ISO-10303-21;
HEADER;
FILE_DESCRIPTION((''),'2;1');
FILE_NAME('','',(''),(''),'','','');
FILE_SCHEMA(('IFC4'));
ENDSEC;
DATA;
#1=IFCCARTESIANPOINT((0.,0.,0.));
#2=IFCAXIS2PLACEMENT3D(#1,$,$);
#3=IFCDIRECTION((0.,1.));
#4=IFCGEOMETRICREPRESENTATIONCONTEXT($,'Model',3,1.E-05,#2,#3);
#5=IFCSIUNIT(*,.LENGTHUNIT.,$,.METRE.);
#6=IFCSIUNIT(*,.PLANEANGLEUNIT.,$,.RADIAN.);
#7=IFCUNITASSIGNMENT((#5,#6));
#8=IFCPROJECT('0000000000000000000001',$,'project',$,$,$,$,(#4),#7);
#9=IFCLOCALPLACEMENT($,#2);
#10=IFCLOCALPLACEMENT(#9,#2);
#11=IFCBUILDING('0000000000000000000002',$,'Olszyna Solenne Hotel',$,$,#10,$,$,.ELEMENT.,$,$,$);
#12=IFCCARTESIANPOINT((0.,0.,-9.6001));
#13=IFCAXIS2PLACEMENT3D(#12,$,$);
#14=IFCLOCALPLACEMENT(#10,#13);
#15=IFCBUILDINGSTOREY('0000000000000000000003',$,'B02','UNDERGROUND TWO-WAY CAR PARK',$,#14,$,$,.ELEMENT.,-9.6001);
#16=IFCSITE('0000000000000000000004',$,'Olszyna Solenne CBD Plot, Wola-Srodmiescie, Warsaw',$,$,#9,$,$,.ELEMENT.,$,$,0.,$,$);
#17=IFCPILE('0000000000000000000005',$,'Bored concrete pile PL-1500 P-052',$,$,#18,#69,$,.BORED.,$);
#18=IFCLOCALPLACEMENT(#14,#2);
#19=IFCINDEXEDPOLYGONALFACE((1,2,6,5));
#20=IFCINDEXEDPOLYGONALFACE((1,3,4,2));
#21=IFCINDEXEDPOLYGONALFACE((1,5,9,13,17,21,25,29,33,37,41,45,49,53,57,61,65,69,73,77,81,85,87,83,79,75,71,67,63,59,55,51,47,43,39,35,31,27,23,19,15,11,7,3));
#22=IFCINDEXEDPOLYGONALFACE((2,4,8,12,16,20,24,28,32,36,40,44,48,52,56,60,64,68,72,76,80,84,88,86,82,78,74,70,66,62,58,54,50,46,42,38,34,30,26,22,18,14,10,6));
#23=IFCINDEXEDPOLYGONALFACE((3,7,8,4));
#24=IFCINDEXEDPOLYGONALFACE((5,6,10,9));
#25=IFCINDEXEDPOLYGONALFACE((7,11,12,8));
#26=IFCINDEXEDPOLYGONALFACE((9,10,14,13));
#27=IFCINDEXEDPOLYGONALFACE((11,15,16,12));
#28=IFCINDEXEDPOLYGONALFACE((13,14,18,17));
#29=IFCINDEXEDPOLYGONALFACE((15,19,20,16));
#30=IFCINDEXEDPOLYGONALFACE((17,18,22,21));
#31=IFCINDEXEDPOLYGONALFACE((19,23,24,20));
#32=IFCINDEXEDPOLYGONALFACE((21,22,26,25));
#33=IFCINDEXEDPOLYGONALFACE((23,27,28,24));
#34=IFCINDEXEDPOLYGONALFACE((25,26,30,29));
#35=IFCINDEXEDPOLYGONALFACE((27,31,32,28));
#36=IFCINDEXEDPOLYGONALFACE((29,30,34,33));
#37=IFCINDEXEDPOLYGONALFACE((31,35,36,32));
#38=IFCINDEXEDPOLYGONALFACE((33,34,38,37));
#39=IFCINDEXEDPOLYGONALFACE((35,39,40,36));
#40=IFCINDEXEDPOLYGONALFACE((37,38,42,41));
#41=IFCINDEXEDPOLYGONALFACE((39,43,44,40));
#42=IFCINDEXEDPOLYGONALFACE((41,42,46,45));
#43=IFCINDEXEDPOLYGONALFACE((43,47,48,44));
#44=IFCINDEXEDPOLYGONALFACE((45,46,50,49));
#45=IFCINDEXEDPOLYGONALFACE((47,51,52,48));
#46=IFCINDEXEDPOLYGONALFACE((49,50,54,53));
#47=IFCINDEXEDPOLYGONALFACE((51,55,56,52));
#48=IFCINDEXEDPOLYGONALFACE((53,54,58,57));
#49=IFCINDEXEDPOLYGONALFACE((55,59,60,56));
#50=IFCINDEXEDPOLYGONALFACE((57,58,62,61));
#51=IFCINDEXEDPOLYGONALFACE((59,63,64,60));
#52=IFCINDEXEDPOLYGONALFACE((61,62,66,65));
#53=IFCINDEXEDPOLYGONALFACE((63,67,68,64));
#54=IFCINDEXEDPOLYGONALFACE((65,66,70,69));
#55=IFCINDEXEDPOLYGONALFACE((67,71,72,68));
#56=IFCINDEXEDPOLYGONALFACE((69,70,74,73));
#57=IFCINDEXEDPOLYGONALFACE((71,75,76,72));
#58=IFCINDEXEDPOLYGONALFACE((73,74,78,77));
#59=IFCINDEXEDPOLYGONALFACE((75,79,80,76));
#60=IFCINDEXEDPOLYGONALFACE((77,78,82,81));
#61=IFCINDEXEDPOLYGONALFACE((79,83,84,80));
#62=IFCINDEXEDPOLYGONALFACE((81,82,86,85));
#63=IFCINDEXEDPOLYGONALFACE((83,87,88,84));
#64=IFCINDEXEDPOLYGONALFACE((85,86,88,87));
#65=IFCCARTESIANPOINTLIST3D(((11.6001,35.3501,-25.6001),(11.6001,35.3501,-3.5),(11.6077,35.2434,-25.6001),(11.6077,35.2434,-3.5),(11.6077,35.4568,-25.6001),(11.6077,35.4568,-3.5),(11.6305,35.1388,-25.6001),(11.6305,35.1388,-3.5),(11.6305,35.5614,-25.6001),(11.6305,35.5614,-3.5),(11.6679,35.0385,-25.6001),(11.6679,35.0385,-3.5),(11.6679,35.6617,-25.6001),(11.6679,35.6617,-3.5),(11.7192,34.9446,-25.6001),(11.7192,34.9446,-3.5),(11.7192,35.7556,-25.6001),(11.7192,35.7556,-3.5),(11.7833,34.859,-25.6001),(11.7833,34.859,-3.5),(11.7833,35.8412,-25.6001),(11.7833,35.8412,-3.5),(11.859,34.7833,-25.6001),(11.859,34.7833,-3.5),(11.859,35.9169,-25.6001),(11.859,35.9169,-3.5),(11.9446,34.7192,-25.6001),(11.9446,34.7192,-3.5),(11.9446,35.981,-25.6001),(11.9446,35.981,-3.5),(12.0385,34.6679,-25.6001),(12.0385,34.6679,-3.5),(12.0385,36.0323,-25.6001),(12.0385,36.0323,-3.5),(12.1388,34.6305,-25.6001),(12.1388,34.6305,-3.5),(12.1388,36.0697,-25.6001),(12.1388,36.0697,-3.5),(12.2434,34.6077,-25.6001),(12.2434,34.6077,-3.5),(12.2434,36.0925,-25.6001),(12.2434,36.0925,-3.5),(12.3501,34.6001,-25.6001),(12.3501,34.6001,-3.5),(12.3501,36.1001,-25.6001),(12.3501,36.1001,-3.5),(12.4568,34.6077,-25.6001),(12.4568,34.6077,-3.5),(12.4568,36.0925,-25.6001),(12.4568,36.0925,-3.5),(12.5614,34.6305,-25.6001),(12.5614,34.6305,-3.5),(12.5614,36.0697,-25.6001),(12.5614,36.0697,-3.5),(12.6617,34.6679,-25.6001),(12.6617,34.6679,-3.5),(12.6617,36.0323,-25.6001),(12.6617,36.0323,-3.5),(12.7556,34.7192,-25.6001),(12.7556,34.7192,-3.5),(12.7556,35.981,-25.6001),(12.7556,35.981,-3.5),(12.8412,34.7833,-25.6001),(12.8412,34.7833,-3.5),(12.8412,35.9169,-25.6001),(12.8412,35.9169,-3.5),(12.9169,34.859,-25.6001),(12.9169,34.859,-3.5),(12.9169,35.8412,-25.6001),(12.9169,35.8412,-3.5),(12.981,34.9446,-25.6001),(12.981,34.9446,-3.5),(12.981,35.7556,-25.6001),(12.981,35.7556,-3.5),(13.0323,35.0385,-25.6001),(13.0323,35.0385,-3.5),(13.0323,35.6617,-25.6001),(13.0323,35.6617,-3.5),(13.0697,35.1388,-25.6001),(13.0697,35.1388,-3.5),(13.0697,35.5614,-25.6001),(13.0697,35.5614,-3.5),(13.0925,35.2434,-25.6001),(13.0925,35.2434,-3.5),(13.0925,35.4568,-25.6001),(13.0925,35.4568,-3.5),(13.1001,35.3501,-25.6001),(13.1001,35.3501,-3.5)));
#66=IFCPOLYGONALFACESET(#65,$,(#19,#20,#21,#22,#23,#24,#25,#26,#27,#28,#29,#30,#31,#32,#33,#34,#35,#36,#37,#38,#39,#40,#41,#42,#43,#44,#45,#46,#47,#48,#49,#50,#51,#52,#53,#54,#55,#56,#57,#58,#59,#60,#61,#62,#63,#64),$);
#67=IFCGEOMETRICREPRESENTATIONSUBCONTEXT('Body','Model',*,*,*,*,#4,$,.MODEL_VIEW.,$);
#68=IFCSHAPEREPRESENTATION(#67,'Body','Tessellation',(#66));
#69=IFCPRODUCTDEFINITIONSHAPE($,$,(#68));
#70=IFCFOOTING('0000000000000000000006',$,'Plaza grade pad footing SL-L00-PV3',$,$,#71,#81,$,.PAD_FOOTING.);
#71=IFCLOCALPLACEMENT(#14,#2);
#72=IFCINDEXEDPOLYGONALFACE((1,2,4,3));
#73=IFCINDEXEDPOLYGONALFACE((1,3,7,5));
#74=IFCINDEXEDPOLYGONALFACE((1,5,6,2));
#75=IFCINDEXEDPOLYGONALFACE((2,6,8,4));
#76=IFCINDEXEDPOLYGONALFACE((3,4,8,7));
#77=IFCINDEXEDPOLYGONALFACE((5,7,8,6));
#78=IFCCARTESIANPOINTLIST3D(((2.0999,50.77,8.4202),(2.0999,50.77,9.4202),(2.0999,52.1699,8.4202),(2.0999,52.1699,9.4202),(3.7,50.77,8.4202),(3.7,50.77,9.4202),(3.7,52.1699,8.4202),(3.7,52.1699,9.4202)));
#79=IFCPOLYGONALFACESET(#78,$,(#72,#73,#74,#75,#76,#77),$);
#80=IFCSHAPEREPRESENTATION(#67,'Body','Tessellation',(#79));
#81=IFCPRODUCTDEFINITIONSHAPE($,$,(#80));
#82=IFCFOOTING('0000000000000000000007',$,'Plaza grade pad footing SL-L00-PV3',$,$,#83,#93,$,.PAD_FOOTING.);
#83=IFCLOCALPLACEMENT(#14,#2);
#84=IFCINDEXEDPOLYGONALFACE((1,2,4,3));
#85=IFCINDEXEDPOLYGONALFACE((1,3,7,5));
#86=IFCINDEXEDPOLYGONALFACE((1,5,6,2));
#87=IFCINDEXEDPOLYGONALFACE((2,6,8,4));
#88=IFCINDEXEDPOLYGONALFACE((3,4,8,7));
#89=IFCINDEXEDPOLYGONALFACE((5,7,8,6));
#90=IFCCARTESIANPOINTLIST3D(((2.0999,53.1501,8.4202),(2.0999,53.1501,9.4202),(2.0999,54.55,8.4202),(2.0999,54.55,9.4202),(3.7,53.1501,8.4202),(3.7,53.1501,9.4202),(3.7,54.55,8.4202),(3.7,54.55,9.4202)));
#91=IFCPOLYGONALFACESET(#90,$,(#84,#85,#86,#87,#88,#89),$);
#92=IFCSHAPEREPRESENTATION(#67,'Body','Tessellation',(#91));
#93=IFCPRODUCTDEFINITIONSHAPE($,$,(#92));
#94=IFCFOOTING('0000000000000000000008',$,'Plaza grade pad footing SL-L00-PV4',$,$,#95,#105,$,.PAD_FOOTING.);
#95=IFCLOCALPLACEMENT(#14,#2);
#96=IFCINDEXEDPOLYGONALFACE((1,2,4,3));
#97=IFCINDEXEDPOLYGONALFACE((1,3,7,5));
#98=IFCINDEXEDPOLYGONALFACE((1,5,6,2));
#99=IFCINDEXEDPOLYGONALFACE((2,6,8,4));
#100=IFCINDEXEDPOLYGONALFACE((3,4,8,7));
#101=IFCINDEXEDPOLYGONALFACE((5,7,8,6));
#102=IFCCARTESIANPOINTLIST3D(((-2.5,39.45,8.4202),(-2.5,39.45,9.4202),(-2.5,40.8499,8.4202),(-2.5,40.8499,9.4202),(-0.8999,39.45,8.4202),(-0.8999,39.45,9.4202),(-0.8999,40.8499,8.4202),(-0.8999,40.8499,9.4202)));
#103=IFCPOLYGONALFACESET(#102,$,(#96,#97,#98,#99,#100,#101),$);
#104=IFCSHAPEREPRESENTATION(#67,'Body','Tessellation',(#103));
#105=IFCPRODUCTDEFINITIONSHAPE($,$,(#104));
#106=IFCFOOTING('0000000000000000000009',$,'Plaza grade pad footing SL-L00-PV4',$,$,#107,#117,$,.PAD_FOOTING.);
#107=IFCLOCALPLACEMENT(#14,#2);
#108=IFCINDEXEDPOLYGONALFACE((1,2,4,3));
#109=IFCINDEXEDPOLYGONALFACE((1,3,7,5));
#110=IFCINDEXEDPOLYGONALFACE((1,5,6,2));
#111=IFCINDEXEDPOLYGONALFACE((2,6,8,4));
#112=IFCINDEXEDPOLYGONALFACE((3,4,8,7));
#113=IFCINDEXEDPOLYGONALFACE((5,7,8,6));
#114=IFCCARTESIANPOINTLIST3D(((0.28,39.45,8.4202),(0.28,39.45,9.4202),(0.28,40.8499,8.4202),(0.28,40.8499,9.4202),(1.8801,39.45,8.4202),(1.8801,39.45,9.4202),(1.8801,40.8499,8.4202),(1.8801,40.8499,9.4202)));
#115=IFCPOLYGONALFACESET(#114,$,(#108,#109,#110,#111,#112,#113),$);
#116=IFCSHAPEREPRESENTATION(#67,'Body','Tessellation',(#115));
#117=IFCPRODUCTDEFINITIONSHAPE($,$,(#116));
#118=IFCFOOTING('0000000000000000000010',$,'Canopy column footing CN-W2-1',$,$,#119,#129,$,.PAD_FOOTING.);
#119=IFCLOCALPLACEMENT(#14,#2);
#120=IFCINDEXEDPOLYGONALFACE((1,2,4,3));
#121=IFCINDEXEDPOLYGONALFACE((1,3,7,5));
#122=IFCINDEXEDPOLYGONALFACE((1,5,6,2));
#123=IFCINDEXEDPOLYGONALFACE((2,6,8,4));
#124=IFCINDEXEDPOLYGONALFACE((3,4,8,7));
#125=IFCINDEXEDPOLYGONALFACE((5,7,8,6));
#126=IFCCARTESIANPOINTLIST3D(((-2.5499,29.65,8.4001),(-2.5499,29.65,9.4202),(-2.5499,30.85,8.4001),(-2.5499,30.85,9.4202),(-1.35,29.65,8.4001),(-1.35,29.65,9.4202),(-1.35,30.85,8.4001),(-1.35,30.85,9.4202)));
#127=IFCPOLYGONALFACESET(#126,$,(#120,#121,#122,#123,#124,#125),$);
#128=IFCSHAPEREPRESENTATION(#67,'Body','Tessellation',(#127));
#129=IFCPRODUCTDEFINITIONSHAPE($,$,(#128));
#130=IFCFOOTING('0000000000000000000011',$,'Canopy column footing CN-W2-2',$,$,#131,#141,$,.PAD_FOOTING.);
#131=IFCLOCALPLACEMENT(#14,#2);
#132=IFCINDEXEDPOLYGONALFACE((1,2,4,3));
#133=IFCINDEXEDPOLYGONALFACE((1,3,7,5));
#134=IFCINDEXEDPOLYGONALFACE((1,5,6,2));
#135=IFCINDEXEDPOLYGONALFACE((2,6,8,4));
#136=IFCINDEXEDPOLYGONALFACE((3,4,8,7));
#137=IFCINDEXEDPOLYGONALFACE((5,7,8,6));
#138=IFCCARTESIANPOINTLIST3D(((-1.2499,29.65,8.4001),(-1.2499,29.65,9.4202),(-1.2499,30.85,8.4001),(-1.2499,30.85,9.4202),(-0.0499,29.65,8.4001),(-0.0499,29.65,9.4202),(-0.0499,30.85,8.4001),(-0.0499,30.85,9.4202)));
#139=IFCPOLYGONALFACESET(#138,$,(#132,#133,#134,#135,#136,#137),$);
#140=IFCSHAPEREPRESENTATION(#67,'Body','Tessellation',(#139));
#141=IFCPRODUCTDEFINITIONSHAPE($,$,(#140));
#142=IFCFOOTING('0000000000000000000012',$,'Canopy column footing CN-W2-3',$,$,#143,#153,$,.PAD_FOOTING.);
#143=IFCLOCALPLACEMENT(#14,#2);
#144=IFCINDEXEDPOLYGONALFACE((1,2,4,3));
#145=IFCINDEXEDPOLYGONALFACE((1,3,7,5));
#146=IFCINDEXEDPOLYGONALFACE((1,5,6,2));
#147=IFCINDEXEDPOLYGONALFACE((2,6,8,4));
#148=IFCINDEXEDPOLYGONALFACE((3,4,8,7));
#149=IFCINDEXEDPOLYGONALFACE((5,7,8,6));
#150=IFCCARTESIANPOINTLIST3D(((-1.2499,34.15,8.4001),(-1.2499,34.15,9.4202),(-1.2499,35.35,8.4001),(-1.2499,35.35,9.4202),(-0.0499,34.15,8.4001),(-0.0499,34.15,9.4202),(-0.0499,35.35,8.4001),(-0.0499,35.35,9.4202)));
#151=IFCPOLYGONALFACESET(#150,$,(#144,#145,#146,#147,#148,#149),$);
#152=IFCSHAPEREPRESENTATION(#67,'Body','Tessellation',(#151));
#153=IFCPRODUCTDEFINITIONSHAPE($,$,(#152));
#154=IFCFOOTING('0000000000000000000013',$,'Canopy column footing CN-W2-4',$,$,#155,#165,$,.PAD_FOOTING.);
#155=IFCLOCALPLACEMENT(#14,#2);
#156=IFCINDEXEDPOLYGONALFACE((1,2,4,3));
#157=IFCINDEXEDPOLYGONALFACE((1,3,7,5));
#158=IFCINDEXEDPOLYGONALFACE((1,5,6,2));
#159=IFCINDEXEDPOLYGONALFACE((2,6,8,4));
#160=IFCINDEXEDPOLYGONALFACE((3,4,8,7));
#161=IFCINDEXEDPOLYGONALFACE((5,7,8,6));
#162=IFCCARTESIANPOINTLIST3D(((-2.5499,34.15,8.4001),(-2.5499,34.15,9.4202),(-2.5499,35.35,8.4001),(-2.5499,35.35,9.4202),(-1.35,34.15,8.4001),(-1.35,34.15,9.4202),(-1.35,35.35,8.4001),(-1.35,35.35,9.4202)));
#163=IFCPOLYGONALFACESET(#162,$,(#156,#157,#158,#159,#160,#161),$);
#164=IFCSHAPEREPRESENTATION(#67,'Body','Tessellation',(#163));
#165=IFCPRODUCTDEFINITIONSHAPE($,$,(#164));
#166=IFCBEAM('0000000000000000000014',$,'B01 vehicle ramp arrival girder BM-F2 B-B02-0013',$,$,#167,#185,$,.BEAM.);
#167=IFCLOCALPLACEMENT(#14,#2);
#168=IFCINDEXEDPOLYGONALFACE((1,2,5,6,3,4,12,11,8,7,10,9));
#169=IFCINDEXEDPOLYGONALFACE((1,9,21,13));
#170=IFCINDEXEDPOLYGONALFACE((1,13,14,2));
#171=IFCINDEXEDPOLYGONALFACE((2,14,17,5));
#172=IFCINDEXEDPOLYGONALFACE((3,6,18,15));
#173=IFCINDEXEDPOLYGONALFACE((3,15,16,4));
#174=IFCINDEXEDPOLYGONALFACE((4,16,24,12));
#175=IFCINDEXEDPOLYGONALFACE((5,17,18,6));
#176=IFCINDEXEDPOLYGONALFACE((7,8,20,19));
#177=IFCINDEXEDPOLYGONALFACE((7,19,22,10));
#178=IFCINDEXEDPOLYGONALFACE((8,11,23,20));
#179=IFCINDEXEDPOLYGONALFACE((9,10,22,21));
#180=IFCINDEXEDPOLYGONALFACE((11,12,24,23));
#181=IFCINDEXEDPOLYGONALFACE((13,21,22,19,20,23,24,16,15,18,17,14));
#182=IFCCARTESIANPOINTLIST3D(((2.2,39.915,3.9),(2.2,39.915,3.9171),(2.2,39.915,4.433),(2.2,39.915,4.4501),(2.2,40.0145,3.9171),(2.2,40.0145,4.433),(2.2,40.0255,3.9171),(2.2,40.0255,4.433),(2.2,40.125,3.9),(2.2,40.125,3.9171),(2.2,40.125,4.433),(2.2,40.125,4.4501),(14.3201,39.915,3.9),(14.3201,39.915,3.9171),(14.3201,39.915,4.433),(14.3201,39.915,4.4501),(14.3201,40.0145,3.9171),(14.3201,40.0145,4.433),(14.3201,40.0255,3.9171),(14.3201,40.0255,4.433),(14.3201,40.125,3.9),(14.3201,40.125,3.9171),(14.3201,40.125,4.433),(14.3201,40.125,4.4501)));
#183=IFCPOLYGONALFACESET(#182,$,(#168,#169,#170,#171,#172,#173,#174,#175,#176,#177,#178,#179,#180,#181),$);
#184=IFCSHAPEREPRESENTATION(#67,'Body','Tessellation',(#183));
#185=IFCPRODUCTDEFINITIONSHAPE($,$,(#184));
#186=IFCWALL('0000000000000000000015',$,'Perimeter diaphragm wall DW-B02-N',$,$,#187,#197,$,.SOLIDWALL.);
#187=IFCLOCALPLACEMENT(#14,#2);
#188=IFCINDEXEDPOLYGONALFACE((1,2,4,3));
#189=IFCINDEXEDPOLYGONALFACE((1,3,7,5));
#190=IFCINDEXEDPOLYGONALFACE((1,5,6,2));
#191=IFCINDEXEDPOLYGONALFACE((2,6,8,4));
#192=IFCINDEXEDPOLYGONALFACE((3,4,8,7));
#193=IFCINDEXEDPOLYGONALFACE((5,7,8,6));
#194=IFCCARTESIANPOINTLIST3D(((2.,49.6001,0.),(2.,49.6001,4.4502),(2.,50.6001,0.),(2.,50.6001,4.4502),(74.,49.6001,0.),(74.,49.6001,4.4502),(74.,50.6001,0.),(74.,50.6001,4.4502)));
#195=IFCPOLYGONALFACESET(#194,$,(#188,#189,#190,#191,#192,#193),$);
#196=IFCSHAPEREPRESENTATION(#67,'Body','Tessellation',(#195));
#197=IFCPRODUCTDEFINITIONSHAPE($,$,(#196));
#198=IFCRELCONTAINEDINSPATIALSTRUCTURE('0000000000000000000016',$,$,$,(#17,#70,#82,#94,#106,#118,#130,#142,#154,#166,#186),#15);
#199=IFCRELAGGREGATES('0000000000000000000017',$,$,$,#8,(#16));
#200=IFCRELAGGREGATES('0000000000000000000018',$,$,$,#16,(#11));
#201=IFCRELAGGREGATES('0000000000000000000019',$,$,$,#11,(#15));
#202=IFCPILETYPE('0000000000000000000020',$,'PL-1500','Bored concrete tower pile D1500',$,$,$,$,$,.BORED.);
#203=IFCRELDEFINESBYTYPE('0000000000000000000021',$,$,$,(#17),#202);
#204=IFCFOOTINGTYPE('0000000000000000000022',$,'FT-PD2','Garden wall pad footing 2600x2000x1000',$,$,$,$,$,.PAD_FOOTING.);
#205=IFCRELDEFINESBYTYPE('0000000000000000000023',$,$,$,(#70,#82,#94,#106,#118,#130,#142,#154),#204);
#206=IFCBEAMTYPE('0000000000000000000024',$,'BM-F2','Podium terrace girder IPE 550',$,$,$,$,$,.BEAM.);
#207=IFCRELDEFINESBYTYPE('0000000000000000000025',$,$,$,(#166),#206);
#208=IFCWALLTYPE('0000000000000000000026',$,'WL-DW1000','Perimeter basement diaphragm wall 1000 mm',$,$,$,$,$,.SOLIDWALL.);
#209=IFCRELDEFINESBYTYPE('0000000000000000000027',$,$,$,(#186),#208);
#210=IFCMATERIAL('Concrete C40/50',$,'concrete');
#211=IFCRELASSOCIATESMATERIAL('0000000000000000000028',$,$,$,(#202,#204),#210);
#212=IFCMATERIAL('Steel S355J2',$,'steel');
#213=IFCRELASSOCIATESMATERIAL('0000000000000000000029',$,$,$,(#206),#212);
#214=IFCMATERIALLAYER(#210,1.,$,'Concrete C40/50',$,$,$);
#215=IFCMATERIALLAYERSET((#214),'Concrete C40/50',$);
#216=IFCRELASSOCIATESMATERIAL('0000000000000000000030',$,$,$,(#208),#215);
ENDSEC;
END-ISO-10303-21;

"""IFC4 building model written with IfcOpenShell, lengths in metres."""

from ifc_helpers import new_model, si_unit, direction, frame, frame_2d, origin, origin_2d, place, context, subcontext, project, spatial, rectangle, circle, i_section, extrude, source, transform, mapped, material, layer, layer_set, material_profile, profile_set, type_object, element, save


model = new_model("IFC4")

# Units and contexts
model_context = context("Model", 3, precision=1e-05, world=origin(), true_north=direction((0.0, 1.0)))
body_context = subcontext(model_context, "Body", "Model", "MODEL_VIEW")
ifc_project = project(units=[si_unit("LENGTHUNIT", "METRE"), si_unit("PLANEANGLEUNIT", "RADIAN")], contexts=[model_context])

# Site, building, storey
site_placement = place(None, origin())
site = spatial("IfcSite", under=ifc_project, at=site_placement, Name="Olszyna Solenne CBD Plot, Wola-Srodmiescie, Warsaw", CompositionType="ELEMENT", RefElevation=0.0)
building_placement = place(site_placement, origin())
building = spatial("IfcBuilding", under=site, at=building_placement, Name="Olszyna Solenne Hotel", CompositionType="ELEMENT")
storey_placement = place(building_placement, frame((0.0, 0.0, -9.6001)))
storey = spatial("IfcBuildingStorey", under=building, at=storey_placement, Name="B02", Description="UNDERGROUND TWO-WAY CAR PARK", CompositionType="ELEMENT", Elevation=-9.6001)

# Pile
ifc_material_1 = material(Name="Concrete C40/50", Category="concrete")
ifc_material_profile_1 = material_profile(ifc_material_1, circle(Radius=0.75, at=origin_2d()), Name="BORED PILE 1500", Category="load-bearing")
ifc_profile_set_1 = profile_set([ifc_material_profile_1], Name="Concrete C40/50")
pile_type_1 = type_object("IfcPileType", Name="PL-1500", Description="Bored concrete tower pile D1500", PredefinedType="BORED", material=ifc_profile_set_1)
shared_shape_1 = source(origin(), body_context, "Body", "SweptSolid", [
    extrude(circle(Radius=0.75, at=origin_2d()), origin(), (0.0, 0.0, 1.0), 22.1001),
])
for number, where, z_axis, x_axis, name in (
    (1, (12.3501, 35.3501, -3.5), (0.0, 0.0, -1.0), (1.0, 0.0, 0.0), "Bored concrete pile PL-1500 P-052"),
):
    element("IfcPile", number, at=place(storey_placement, frame(where, z_axis=z_axis, x_axis=x_axis)), inside=storey, type_object=pile_type_1, Name=name, PredefinedType="BORED", context=body_context, shape_type="MappedRepresentation", body=[
        mapped(shared_shape_1, transform((0.0, 0.0, 0.0), x_axis=(1.0, 0.0, 0.0), y_axis=(0.0, 1.0, 0.0), z_axis=(0.0, 0.0, 1.0), scale=1.0)),
    ])

# Footings
footing_type = type_object("IfcFootingType", Name="FT-PD2", Description="Garden wall pad footing 2600x2000x1000", PredefinedType="PAD_FOOTING", material=ifc_material_1)
shared_shape_2 = source(origin(), body_context, "Body", "SweptSolid", [
    extrude(rectangle(XDim=1.6001, YDim=1.3999, at=origin_2d()), origin(), (0.0, 0.0, 1.0), 1.0),
])
for number, where, z_axis, x_axis, name in (
    (2, (2.8999, 51.47, 8.4202), (0.0, 0.0, 1.0), (1.0, 0.0, 0.0), "Plaza grade pad footing SL-L00-PV3"),
    (3, (2.8999, 53.8501, 8.4202), (0.0, 0.0, 1.0), (1.0, 0.0, 0.0), "Plaza grade pad footing SL-L00-PV3"),
    (4, (-1.7, 40.1499, 8.4202), (0.0, 0.0, 1.0), (1.0, 0.0, 0.0), "Plaza grade pad footing SL-L00-PV4"),
    (5, (1.0801, 40.1499, 8.4202), (0.0, 0.0, 1.0), (1.0, 0.0, 0.0), "Plaza grade pad footing SL-L00-PV4"),
):
    element("IfcFooting", number, at=place(storey_placement, frame(where, z_axis=z_axis, x_axis=x_axis)), inside=storey, type_object=footing_type, Name=name, PredefinedType="PAD_FOOTING", context=body_context, shape_type="MappedRepresentation", body=[
        mapped(shared_shape_2, transform((0.0, 0.0, 0.0), x_axis=(1.0, 0.0, 0.0), y_axis=(0.0, 1.0, 0.0), z_axis=(0.0, 0.0, 1.0), scale=1.0)),
    ])
shared_shape_3 = source(origin(), body_context, "Body", "SweptSolid", [
    extrude(rectangle(XDim=1.2, YDim=1.2, at=origin_2d()), origin(), (0.0, 0.0, 1.0), 1.02),
])
for number, where, z_axis, x_axis, name in (
    (6, (-1.95, 30.25, 8.4001), (0.0, 0.0, 1.0), (1.0, 0.0, 0.0), "Canopy column footing CN-W2-1"),
    (7, (-0.6499, 30.25, 8.4001), (0.0, 0.0, 1.0), (1.0, 0.0, 0.0), "Canopy column footing CN-W2-2"),
    (8, (-0.6499, 34.75, 8.4001), (0.0, 0.0, 1.0), (1.0, 0.0, 0.0), "Canopy column footing CN-W2-3"),
    (9, (-1.95, 34.75, 8.4001), (0.0, 0.0, 1.0), (1.0, 0.0, 0.0), "Canopy column footing CN-W2-4"),
):
    element("IfcFooting", number, at=place(storey_placement, frame(where, z_axis=z_axis, x_axis=x_axis)), inside=storey, type_object=footing_type, Name=name, PredefinedType="PAD_FOOTING", context=body_context, shape_type="MappedRepresentation", body=[
        mapped(shared_shape_3, transform((0.0, 0.0, 0.0), x_axis=(1.0, 0.0, 0.0), y_axis=(0.0, 1.0, 0.0), z_axis=(0.0, 0.0, 1.0), scale=1.0)),
    ])

# Beam
ifc_material_2 = material(Name="Steel S355J2", Category="steel")
ifc_material_profile_2 = material_profile(ifc_material_2, i_section(OverallWidth=0.21, OverallDepth=0.55, WebThickness=0.011, FlangeThickness=0.0171, at=origin_2d()), Name="IPE 550", Category="load-bearing")
ifc_profile_set_2 = profile_set([ifc_material_profile_2], Name="Steel S355J2")
beam_type = type_object("IfcBeamType", Name="BM-F2", Description="Podium terrace girder IPE 550", PredefinedType="BEAM", material=ifc_profile_set_2)
shared_shape_4 = source(origin(), body_context, "Body", "SweptSolid", [
    extrude(i_section(OverallWidth=0.21, OverallDepth=0.55, WebThickness=0.011, FlangeThickness=0.0171, at=origin_2d()), origin(), (0.0, 0.0, 1.0), 12.1201),
])
beam_placement = place(storey_placement, frame((2.2, 40.02, 4.175), z_axis=(1.0, 0.0, 0.0), x_axis=(0.0, 1.0, 0.0)))
element("IfcBeam", 10, at=beam_placement, inside=storey, type_object=beam_type, Name="B01 vehicle ramp arrival girder BM-F2 B-B02-0013", PredefinedType="BEAM", context=body_context, shape_type="MappedRepresentation", body=[
    mapped(shared_shape_4, transform((0.0, 0.0, 0.0), x_axis=(1.0, 0.0, 0.0), y_axis=(0.0, 1.0, 0.0), z_axis=(0.0, 0.0, 1.0), scale=1.0)),
])

# Wall
ifc_layer_1 = layer(ifc_material_1, 1.0, Name="Concrete C40/50")
ifc_layer_set_1 = layer_set([ifc_layer_1], Name="Concrete C40/50")
wall_type_1 = type_object("IfcWallType", Name="WL-DW1000", Description="Perimeter basement diaphragm wall 1000 mm", PredefinedType="SOLIDWALL", material=ifc_layer_set_1)
wall_1_placement = place(storey_placement, frame((2.0, 50.1001, 0.0), z_axis=(0.0, 0.0, 1.0), x_axis=(1.0, 0.0, 0.0)))
element("IfcWall", 11, at=wall_1_placement, inside=storey, type_object=wall_type_1, Name="Perimeter diaphragm wall DW-B02-N", PredefinedType="SOLIDWALL", context=body_context, shape_type="SweptSolid", body=[
    extrude(rectangle(XDim=72.0, YDim=1.0, at=frame_2d((36.0, 0.0))), origin(), (0.0, 0.0, 1.0), 4.4502),
])

save(model, "model.ifc")
